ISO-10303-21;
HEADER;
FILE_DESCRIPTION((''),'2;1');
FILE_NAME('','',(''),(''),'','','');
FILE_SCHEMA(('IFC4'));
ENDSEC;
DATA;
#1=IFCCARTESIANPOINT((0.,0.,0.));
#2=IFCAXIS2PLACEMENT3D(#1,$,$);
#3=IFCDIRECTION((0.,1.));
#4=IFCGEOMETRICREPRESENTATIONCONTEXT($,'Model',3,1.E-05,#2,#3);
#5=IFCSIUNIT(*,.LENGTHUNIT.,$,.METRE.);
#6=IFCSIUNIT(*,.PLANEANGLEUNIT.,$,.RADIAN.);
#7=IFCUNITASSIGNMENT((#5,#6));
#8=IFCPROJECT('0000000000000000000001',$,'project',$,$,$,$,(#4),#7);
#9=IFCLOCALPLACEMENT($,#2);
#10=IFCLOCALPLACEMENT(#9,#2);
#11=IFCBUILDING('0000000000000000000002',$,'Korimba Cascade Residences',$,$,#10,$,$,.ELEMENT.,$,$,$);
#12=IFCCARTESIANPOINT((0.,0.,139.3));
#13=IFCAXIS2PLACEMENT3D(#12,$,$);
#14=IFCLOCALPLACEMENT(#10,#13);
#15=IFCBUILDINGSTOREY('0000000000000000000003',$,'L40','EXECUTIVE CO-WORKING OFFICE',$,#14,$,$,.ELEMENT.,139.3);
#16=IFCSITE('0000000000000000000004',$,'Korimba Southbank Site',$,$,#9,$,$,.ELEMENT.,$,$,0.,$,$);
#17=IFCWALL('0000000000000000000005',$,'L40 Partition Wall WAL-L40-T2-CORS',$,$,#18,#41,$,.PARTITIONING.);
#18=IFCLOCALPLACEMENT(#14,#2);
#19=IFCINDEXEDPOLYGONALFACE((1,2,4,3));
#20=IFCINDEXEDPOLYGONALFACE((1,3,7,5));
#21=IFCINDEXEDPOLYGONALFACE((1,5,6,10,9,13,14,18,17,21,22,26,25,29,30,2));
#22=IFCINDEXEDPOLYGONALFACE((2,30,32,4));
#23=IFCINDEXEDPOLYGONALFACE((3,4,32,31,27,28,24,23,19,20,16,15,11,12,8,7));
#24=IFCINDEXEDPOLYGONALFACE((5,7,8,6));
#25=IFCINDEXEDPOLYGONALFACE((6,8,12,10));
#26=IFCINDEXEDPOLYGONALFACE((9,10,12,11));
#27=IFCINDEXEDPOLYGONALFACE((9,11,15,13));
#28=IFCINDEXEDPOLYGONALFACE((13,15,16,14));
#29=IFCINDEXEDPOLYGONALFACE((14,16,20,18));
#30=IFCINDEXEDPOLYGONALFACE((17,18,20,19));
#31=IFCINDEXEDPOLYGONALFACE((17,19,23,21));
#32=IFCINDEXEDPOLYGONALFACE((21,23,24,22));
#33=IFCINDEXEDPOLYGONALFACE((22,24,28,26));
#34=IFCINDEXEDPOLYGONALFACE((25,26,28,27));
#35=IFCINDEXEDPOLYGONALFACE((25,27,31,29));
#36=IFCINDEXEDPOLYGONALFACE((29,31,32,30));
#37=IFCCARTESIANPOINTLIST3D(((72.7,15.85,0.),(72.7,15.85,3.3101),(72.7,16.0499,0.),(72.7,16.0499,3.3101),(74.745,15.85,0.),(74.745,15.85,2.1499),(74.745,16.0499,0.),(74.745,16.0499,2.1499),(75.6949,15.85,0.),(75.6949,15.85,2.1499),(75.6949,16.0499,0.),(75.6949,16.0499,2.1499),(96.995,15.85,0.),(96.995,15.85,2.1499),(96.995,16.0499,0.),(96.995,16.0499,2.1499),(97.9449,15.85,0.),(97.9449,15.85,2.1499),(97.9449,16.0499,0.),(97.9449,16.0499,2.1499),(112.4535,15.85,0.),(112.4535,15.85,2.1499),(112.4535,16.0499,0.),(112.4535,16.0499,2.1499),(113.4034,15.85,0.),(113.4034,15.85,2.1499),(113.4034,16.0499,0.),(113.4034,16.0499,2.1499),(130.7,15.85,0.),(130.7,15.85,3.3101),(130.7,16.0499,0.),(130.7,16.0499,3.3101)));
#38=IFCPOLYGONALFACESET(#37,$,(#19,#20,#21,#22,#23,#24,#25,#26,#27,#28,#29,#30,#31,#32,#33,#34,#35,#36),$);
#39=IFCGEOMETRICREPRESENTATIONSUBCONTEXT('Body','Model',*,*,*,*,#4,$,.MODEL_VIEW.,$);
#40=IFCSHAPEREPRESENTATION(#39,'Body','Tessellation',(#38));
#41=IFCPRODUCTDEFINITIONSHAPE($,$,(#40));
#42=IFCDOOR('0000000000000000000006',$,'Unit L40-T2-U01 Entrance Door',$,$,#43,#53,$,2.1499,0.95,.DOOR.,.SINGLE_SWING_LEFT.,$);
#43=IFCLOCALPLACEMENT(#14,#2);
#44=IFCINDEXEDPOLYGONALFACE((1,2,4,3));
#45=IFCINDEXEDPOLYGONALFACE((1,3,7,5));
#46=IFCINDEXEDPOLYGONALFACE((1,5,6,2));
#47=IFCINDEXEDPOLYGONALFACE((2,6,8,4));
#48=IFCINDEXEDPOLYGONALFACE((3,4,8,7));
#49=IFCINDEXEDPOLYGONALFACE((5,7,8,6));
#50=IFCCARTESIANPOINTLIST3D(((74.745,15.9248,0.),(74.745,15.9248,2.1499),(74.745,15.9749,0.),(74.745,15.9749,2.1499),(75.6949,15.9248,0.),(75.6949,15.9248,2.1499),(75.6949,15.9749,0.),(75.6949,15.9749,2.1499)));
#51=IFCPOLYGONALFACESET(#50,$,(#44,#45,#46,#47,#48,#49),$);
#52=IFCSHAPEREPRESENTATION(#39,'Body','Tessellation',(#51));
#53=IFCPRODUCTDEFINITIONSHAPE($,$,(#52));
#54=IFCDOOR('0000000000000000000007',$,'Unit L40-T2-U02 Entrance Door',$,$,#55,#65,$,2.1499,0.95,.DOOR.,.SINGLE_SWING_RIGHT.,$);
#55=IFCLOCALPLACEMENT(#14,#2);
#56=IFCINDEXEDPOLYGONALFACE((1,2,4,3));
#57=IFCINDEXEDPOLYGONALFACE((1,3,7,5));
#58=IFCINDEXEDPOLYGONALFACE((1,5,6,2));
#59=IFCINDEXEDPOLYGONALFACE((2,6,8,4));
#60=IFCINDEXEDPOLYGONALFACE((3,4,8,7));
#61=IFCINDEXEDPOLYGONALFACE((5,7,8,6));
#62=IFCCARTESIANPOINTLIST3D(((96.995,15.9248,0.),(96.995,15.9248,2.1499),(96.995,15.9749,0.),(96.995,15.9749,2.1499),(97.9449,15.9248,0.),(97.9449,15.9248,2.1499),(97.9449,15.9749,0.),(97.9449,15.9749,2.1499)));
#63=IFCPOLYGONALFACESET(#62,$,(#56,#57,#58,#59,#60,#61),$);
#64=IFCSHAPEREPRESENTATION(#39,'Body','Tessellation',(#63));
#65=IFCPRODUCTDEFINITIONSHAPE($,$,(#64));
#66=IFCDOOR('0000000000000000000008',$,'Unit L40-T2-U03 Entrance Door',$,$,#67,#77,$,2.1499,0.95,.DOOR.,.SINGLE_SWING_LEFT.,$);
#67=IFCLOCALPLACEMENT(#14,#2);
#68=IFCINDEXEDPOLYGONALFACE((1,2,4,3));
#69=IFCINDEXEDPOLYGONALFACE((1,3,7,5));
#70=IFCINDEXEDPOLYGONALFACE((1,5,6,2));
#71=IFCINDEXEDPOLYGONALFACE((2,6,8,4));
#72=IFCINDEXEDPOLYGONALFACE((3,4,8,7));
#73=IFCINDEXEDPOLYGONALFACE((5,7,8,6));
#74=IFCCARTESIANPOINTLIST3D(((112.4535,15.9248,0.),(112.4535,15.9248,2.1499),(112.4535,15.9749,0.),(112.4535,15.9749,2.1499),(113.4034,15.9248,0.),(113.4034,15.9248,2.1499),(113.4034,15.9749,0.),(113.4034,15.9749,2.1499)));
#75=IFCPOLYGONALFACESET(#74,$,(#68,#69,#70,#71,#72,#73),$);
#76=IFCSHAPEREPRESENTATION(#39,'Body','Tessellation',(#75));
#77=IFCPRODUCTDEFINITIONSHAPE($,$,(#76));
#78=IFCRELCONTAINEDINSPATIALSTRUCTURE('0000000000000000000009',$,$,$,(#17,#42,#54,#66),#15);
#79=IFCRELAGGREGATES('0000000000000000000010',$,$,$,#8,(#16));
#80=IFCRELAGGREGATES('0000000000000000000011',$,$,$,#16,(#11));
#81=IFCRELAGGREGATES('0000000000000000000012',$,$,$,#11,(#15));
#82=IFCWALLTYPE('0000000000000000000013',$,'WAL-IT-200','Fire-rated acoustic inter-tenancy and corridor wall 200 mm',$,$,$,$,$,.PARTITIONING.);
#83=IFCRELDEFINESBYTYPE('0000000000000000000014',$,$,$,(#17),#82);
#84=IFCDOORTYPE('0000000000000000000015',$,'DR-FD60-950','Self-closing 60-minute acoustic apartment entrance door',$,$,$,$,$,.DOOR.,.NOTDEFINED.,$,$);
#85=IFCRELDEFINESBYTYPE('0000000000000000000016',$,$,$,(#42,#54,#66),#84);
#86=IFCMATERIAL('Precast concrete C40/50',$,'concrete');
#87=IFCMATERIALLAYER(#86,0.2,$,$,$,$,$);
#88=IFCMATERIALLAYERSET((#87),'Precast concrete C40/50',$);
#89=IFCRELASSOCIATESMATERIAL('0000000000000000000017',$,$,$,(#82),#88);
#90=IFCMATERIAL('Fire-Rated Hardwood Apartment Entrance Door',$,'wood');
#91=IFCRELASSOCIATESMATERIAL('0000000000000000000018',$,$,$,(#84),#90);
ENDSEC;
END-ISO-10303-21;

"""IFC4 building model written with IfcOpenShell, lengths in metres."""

from ifc_helpers import new_model, si_unit, direction, frame, frame_2d, origin, place, context, subcontext, project, spatial, rectangle, extrude, material, layer, layer_set, type_object, element, fill, save


model = new_model("IFC4")

# Units and contexts
model_context = context("Model", 3, precision=1e-05, world=origin(), true_north=direction((0.0, 1.0)))
body_context = subcontext(model_context, "Body", "Model", "MODEL_VIEW")
ifc_project = project(units=[si_unit("LENGTHUNIT", "METRE"), si_unit("PLANEANGLEUNIT", "RADIAN")], contexts=[model_context])

# Site, building, storey
site_placement = place(None, origin())
site = spatial("IfcSite", under=ifc_project, at=site_placement, Name="Korimba Southbank Site", CompositionType="ELEMENT", RefElevation=0.0)
building_placement = place(site_placement, origin())
building = spatial("IfcBuilding", under=site, at=building_placement, Name="Korimba Cascade Residences", CompositionType="ELEMENT")
storey_placement = place(building_placement, frame((0.0, 0.0, 139.3)))
storey = spatial("IfcBuildingStorey", under=building, at=storey_placement, Name="L40", Description="EXECUTIVE CO-WORKING OFFICE", CompositionType="ELEMENT", Elevation=139.3)

# Shared definitions
ifc_material_1 = material(Name="Precast concrete C40/50", Category="concrete")

# Shared definitions
ifc_layer_1 = layer(ifc_material_1, 0.2)
ifc_layer_set_1 = layer_set([ifc_layer_1], Name="Precast concrete C40/50")
wall_type_1 = type_object("IfcWallType", Name="WAL-IT-200", Description="Fire-rated acoustic inter-tenancy and corridor wall 200 mm", PredefinedType="PARTITIONING", material=ifc_layer_set_1)

# Wall, openings, doors
wall_1_placement = place(storey_placement, frame((72.7, 15.95, 0.0), z_axis=(0.0, 0.0, 1.0), x_axis=(1.0, 0.0, 0.0)))
wall_1 = element("IfcWall", 1, at=wall_1_placement, inside=storey, type_object=wall_type_1, Name="L40 Partition Wall WAL-L40-T2-CORS", PredefinedType="PARTITIONING", context=body_context, shape_type="SweptSolid", body=[
    extrude(rectangle(XDim=58.0, YDim=0.2, at=frame_2d((29.0, 0.0))), origin(), (0.0, 0.0, 1.0), 3.3101),
])
opening_1_placement = place(wall_1_placement, frame((2.0449, 0.0, 0.0)))
opening_1 = element("IfcOpeningElement", 2, at=opening_1_placement, cuts=wall_1, PredefinedType="OPENING", context=body_context, shape_type="SweptSolid", body=[
    extrude(rectangle(XDim=0.95, YDim=2.1499, at=frame_2d((0.4751, 1.075))), frame((0.0, 0.1099, 0.0), z_axis=(0.0, -1.0, 0.0), x_axis=(1.0, 0.0, 0.0)), (0.0, 0.0, 1.0), 0.22),
])
opening_2_placement = place(wall_1_placement, frame((24.2949, 0.0, 0.0)))
opening_2 = element("IfcOpeningElement", 3, at=opening_2_placement, cuts=wall_1, PredefinedType="OPENING", context=body_context, shape_type="SweptSolid", body=[
    extrude(rectangle(XDim=0.95, YDim=2.1499, at=frame_2d((0.4751, 1.075))), frame((0.0, 0.1099, 0.0), z_axis=(0.0, -1.0, 0.0), x_axis=(1.0, 0.0, 0.0)), (0.0, 0.0, 1.0), 0.22),
])
opening_3_placement = place(wall_1_placement, frame((39.7534, 0.0, 0.0)))
opening_3 = element("IfcOpeningElement", 4, at=opening_3_placement, cuts=wall_1, PredefinedType="OPENING", context=body_context, shape_type="SweptSolid", body=[
    extrude(rectangle(XDim=0.95, YDim=2.1499, at=frame_2d((0.4751, 1.075))), frame((0.0, 0.1099, 0.0), z_axis=(0.0, -1.0, 0.0), x_axis=(1.0, 0.0, 0.0)), (0.0, 0.0, 1.0), 0.22),
])
ifc_material_2 = material(Name="Fire-Rated Hardwood Apartment Entrance Door", Category="wood")
door_type_1 = type_object("IfcDoorType", Name="DR-FD60-950", Description="Self-closing 60-minute acoustic apartment entrance door", OperationType="NOTDEFINED", PredefinedType="DOOR", material=ifc_material_2)
door_1_placement = place(opening_1_placement, origin())
door_1 = element("IfcDoor", 5, at=door_1_placement, inside=storey, type_object=door_type_1, Name="Unit L40-T2-U01 Entrance Door", OperationType="SINGLE_SWING_LEFT", OverallHeight=2.1499, OverallWidth=0.95, PredefinedType="DOOR", context=body_context, shape_type="SweptSolid", body=[
    extrude(rectangle(XDim=0.95, YDim=2.1499, at=frame_2d((0.4751, 1.075))), frame((0.0, 0.0249, 0.0), z_axis=(0.0, -1.0, 0.0), x_axis=(1.0, 0.0, 0.0)), (0.0, 0.0, 1.0), 0.05),
])
fill(opening_1, door_1)
door_2_placement = place(opening_2_placement, origin())
door_2 = element("IfcDoor", 6, at=door_2_placement, inside=storey, type_object=door_type_1, Name="Unit L40-T2-U02 Entrance Door", OperationType="SINGLE_SWING_RIGHT", OverallHeight=2.1499, OverallWidth=0.95, PredefinedType="DOOR", context=body_context, shape_type="SweptSolid", body=[
    extrude(rectangle(XDim=0.95, YDim=2.1499, at=frame_2d((0.4751, 1.075))), frame((0.0, 0.0249, 0.0), z_axis=(0.0, -1.0, 0.0), x_axis=(1.0, 0.0, 0.0)), (0.0, 0.0, 1.0), 0.05),
])
fill(opening_2, door_2)
door_3_placement = place(opening_3_placement, origin())
door_3 = element("IfcDoor", 7, at=door_3_placement, inside=storey, type_object=door_type_1, Name="Unit L40-T2-U03 Entrance Door", OperationType="SINGLE_SWING_LEFT", OverallHeight=2.1499, OverallWidth=0.95, PredefinedType="DOOR", context=body_context, shape_type="SweptSolid", body=[
    extrude(rectangle(XDim=0.95, YDim=2.1499, at=frame_2d((0.4751, 1.075))), frame((0.0, 0.0249, 0.0), z_axis=(0.0, -1.0, 0.0), x_axis=(1.0, 0.0, 0.0)), (0.0, 0.0, 1.0), 0.05),
])
fill(opening_3, door_3)

save(model, "model.ifc")
